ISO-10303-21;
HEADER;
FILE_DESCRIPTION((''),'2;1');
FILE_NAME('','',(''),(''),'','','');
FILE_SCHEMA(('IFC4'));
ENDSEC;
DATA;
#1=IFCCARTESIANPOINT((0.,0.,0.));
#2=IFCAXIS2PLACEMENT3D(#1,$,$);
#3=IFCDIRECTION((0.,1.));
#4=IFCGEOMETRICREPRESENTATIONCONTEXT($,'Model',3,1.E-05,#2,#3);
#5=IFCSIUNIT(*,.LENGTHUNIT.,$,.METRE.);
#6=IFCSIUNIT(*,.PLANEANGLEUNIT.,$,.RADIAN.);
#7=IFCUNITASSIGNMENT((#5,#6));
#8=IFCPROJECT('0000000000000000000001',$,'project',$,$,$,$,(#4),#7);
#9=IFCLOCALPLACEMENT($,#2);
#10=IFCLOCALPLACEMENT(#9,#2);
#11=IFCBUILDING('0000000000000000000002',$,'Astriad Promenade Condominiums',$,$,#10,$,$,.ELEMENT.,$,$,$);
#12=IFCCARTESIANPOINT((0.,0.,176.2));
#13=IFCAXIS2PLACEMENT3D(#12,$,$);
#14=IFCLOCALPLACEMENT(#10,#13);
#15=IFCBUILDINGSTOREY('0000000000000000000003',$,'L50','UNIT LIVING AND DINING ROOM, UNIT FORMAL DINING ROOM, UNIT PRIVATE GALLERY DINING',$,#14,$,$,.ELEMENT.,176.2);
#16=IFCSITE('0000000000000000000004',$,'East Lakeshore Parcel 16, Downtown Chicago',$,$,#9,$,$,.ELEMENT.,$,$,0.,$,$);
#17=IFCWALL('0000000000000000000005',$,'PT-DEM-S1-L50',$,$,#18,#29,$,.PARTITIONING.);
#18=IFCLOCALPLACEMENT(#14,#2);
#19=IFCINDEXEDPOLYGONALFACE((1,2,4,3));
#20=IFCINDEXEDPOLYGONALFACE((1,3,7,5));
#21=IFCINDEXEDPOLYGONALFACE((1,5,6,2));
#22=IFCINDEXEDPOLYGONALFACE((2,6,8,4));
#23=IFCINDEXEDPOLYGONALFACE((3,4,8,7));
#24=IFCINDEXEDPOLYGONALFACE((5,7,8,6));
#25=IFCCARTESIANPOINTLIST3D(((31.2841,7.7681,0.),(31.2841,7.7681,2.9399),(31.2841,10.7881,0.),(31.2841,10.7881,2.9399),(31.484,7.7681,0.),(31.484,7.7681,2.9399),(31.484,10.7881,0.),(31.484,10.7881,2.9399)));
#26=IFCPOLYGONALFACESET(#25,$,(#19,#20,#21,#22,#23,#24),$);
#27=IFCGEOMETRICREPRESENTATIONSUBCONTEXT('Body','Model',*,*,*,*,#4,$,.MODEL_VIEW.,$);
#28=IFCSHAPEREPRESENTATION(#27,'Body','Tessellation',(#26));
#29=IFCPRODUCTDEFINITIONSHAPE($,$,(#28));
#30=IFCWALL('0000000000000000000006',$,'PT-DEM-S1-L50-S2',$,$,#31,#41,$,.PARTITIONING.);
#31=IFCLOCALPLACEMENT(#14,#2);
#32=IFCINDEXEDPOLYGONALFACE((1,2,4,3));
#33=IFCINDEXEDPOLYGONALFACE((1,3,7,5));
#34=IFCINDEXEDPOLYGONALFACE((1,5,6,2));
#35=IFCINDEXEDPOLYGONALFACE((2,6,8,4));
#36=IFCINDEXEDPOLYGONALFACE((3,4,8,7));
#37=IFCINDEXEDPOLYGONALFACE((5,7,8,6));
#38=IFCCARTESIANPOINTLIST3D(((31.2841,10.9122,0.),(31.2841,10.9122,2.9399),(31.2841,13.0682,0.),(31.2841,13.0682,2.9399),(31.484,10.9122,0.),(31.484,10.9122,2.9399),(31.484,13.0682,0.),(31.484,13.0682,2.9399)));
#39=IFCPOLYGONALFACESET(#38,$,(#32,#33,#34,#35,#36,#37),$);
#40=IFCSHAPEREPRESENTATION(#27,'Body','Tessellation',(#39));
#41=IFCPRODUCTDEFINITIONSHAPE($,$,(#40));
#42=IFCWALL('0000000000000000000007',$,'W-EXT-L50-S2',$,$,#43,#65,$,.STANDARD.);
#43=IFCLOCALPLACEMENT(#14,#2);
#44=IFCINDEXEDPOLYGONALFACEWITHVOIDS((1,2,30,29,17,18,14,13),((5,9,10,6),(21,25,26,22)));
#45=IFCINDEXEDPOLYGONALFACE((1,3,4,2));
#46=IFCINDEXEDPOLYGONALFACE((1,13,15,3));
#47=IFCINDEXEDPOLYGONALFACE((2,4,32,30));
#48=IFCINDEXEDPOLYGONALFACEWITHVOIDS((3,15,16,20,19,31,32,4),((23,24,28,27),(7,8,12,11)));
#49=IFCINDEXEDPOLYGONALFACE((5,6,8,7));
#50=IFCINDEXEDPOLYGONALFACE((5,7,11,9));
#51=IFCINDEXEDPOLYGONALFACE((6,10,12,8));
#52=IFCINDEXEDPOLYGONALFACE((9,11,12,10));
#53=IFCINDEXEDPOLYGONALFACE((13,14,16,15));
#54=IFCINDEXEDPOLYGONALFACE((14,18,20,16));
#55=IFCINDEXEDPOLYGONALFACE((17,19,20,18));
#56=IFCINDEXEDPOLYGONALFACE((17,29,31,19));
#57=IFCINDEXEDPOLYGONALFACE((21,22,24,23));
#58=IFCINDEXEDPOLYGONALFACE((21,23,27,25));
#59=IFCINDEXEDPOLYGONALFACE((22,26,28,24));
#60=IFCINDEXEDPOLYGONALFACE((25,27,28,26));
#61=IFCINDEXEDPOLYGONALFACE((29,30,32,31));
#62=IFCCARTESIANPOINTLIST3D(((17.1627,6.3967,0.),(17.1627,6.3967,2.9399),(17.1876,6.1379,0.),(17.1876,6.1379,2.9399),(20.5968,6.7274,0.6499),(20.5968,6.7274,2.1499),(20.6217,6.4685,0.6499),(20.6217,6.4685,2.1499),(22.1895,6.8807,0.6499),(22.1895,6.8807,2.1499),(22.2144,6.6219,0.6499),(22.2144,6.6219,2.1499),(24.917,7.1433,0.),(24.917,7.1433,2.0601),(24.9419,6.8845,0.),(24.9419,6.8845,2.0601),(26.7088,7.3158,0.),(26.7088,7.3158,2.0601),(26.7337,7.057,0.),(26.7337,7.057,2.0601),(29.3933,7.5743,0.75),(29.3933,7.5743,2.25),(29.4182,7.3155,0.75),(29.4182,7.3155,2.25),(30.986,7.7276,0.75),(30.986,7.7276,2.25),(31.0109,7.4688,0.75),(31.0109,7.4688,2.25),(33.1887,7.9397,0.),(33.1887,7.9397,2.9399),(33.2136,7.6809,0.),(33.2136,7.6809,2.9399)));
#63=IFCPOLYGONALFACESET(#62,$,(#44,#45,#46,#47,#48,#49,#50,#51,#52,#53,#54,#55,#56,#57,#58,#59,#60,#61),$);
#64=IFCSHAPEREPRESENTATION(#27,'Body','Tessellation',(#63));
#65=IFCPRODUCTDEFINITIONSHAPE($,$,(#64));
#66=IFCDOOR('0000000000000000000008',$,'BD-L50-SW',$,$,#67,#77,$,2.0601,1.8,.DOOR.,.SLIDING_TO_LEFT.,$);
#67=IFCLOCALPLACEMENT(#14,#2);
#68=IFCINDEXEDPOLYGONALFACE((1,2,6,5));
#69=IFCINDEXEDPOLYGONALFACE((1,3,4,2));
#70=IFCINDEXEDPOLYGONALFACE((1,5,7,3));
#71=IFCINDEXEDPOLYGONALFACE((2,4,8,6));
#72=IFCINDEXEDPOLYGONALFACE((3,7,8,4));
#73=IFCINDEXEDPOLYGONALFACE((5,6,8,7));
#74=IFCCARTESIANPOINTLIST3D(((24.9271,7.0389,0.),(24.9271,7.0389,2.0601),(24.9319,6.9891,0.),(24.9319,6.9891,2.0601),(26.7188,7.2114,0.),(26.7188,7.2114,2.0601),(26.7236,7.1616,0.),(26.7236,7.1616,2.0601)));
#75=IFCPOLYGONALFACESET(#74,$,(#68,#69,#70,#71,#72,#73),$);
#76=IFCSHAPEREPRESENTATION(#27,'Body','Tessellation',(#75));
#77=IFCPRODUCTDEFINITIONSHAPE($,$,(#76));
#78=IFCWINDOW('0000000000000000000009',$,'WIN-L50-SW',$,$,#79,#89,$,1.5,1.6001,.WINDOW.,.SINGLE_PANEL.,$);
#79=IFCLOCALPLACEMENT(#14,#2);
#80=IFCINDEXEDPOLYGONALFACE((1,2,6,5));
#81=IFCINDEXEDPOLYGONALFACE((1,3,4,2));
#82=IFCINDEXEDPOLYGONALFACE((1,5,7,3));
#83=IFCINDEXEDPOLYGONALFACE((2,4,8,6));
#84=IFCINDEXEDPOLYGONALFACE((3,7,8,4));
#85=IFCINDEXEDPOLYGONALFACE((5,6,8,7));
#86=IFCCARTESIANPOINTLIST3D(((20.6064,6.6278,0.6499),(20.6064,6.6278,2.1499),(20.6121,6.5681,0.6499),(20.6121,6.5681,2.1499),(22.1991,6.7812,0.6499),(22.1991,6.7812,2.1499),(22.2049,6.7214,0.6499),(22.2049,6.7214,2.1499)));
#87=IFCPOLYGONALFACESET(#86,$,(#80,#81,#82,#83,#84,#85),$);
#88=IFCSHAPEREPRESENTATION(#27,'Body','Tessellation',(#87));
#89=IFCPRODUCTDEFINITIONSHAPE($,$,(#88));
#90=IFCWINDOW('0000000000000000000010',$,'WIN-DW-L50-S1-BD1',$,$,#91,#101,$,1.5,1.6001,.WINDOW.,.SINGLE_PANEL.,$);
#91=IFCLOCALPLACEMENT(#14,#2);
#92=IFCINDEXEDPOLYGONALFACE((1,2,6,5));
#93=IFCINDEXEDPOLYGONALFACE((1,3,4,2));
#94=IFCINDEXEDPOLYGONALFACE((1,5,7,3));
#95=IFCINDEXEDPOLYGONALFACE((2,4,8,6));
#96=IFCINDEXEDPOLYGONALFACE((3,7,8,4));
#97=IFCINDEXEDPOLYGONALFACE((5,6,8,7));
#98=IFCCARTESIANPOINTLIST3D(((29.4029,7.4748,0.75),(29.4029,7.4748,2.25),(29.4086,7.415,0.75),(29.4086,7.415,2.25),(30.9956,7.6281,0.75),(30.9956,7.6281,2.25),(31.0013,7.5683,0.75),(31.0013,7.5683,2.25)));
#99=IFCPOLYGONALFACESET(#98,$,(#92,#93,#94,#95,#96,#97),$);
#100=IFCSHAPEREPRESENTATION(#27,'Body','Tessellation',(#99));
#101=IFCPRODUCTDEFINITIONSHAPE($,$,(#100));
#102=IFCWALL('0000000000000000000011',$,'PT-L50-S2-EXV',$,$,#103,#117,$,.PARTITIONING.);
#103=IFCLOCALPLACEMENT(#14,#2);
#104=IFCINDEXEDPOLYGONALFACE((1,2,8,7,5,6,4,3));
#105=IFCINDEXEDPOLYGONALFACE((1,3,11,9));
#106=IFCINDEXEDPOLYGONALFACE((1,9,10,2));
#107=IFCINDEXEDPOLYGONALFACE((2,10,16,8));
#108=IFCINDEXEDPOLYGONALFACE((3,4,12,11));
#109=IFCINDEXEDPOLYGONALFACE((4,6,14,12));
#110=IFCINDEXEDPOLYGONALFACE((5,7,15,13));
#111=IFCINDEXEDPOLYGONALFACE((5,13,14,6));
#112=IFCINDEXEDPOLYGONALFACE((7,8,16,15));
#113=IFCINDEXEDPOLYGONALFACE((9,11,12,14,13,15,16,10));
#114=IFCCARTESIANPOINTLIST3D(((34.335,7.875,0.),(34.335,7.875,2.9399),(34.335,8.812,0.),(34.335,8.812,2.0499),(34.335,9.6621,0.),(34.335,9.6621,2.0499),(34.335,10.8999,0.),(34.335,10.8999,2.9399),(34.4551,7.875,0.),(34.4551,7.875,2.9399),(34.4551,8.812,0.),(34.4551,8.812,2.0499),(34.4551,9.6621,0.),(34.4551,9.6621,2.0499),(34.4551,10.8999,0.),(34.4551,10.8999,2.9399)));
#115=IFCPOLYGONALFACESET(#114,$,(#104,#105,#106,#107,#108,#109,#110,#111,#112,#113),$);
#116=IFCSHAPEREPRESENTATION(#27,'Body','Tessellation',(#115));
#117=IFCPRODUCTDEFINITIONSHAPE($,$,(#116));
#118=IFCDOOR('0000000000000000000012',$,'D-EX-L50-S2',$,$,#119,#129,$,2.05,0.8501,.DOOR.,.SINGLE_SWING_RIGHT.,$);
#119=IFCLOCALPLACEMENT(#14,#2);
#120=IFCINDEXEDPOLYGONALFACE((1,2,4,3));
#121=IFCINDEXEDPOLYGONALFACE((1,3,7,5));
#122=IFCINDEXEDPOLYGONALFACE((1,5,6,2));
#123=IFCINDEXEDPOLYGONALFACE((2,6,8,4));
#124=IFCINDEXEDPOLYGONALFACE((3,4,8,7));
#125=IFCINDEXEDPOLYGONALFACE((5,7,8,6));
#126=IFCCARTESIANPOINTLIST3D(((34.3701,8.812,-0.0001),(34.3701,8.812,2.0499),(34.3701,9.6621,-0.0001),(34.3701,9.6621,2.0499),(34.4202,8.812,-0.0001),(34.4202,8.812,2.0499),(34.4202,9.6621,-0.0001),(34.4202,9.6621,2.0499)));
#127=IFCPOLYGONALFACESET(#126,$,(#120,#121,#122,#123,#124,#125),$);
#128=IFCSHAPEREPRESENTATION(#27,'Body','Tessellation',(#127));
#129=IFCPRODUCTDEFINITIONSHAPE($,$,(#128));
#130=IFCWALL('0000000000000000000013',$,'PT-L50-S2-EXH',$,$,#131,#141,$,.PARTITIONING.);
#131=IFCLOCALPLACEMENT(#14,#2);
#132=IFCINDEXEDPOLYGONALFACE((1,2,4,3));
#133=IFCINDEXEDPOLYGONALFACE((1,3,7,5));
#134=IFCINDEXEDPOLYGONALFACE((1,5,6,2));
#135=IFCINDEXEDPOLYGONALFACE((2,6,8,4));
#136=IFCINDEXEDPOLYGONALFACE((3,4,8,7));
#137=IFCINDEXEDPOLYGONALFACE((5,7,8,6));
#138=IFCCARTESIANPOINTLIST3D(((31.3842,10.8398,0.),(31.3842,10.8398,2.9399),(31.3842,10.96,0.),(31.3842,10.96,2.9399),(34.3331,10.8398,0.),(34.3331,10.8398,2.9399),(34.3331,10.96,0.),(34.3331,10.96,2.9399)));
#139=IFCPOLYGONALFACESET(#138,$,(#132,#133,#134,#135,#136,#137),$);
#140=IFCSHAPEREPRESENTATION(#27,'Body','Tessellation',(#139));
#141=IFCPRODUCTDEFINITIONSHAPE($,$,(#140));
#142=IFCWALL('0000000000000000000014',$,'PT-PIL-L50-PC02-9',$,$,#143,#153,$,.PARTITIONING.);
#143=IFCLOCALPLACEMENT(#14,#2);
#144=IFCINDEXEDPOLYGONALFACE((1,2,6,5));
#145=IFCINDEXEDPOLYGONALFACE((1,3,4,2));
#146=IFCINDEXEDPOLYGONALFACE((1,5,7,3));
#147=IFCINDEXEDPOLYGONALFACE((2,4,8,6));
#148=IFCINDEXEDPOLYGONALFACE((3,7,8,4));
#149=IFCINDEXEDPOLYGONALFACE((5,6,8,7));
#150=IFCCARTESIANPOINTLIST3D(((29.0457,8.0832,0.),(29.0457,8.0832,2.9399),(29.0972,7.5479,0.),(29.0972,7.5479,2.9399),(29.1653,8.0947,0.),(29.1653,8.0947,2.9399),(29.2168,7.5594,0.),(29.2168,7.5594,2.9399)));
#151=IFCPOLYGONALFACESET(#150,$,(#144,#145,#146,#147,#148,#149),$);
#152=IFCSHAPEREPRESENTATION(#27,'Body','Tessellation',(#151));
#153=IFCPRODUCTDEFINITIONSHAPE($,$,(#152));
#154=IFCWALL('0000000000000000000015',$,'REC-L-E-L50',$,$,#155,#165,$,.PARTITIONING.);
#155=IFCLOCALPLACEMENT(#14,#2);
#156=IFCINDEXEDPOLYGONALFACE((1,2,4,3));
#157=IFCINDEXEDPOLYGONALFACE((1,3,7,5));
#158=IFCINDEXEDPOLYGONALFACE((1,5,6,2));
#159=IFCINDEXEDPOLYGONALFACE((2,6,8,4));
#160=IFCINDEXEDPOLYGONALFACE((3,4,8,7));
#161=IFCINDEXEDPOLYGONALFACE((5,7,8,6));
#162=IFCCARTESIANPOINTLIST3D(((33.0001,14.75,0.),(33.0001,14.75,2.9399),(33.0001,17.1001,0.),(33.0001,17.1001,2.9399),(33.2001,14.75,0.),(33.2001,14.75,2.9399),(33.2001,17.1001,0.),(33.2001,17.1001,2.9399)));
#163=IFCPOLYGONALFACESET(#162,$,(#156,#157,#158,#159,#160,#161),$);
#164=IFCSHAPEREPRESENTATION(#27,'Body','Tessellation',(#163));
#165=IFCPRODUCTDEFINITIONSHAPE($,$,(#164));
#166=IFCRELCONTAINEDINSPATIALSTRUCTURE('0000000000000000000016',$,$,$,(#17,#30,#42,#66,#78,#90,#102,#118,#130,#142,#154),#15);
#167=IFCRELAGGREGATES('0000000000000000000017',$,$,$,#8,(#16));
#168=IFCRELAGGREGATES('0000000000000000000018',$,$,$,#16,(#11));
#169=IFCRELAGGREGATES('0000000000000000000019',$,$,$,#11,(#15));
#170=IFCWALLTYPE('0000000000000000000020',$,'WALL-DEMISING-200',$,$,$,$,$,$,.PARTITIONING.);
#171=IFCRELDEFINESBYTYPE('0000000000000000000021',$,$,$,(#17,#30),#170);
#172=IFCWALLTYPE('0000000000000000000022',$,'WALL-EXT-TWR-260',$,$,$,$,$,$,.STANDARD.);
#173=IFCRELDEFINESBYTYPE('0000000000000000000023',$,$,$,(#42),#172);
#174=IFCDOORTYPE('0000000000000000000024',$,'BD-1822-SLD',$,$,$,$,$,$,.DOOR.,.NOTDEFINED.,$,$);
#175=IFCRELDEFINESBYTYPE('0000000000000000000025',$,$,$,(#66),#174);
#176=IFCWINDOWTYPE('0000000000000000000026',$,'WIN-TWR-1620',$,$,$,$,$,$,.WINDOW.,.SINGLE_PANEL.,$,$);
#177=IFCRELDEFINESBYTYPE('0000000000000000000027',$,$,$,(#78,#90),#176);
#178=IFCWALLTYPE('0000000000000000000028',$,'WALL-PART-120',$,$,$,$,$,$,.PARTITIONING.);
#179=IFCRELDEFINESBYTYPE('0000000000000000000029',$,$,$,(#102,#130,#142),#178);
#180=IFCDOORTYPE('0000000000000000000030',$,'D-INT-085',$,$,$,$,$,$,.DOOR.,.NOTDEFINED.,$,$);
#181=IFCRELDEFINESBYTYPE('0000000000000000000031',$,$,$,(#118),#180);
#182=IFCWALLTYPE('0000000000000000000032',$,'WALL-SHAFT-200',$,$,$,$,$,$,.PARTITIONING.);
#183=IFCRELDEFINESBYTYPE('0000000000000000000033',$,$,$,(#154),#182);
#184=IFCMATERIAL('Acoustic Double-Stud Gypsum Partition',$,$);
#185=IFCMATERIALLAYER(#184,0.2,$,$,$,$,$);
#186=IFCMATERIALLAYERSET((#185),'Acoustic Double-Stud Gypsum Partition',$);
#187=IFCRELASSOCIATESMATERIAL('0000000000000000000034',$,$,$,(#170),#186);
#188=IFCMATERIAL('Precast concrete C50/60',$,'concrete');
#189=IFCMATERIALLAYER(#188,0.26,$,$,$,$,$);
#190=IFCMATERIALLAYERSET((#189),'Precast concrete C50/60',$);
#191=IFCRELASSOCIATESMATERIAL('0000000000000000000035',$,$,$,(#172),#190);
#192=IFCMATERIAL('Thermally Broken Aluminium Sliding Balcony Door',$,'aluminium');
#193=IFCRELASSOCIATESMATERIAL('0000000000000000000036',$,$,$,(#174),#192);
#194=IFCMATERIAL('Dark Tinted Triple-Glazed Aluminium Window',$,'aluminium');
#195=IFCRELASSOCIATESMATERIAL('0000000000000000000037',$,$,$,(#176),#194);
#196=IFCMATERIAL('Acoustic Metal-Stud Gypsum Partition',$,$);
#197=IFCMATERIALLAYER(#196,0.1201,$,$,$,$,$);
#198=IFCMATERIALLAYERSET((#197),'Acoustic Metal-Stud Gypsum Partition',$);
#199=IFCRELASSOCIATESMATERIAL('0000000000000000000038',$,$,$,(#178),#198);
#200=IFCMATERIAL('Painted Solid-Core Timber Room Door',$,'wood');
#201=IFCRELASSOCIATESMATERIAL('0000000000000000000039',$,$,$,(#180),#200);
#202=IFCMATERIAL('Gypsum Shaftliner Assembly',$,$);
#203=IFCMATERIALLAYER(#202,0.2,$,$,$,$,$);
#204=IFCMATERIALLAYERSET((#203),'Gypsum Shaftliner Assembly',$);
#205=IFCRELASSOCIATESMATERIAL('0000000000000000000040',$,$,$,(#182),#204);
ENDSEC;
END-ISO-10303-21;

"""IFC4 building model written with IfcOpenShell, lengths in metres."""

from ifc_helpers import new_model, si_unit, direction, frame, frame_2d, origin, place, context, subcontext, project, spatial, rectangle, extrude, source, transform, mapped, material, layer, layer_set, type_object, type_shapes, element, fill, save


model = new_model("IFC4")

# Units and contexts
model_context = context("Model", 3, precision=1e-05, world=origin(), true_north=direction((0.0, 1.0)))
body_context = subcontext(model_context, "Body", "Model", "MODEL_VIEW")
ifc_project = project(units=[si_unit("LENGTHUNIT", "METRE"), si_unit("PLANEANGLEUNIT", "RADIAN")], contexts=[model_context])

# Site, building, storey
site_placement = place(None, origin())
site = spatial("IfcSite", under=ifc_project, at=site_placement, Name="East Lakeshore Parcel 16, Downtown Chicago", CompositionType="ELEMENT", RefElevation=0.0)
building_placement = place(site_placement, origin())
building = spatial("IfcBuilding", under=site, at=building_placement, Name="Astriad Promenade Condominiums", CompositionType="ELEMENT")
storey_placement = place(building_placement, frame((0.0, 0.0, 176.2)))
storey = spatial("IfcBuildingStorey", under=building, at=storey_placement, Name="L50", Description="UNIT LIVING AND DINING ROOM, UNIT FORMAL DINING ROOM, UNIT PRIVATE GALLERY DINING", CompositionType="ELEMENT", Elevation=176.2)

# Walls
ifc_material_1 = material(Name="Acoustic Double-Stud Gypsum Partition")
ifc_layer_1 = layer(ifc_material_1, 0.2)
ifc_layer_set_1 = layer_set([ifc_layer_1], Name="Acoustic Double-Stud Gypsum Partition")
wall_type_1 = type_object("IfcWallType", Name="WALL-DEMISING-200", PredefinedType="PARTITIONING", material=ifc_layer_set_1)
wall_1_placement = place(storey_placement, frame((31.384, 7.7681, 0.0), z_axis=(0.0, 0.0, 1.0), x_axis=(0.0, 1.0, 0.0)))
element("IfcWall", 1, at=wall_1_placement, inside=storey, type_object=wall_type_1, Name="PT-DEM-S1-L50", PredefinedType="PARTITIONING", context=body_context, shape_type="SweptSolid", body=[
    extrude(rectangle(XDim=3.02, YDim=0.2, at=frame_2d((1.51, 0.0))), origin(), (0.0, 0.0, 1.0), 2.9399),
])
wall_2_placement = place(storey_placement, frame((31.384, 10.9121, 0.0), z_axis=(0.0, 0.0, 1.0), x_axis=(0.0, 1.0, 0.0)))
element("IfcWall", 2, at=wall_2_placement, inside=storey, type_object=wall_type_1, Name="PT-DEM-S1-L50-S2", PredefinedType="PARTITIONING", context=body_context, shape_type="SweptSolid", body=[
    extrude(rectangle(XDim=2.156, YDim=0.2, at=frame_2d((1.0781, 0.0))), origin(), (0.0, 0.0, 1.0), 2.9399),
])

# Wall, openings, door, windows
ifc_material_2 = material(Name="Precast concrete C50/60", Category="concrete")
ifc_layer_2 = layer(ifc_material_2, 0.26)
ifc_layer_set_2 = layer_set([ifc_layer_2], Name="Precast concrete C50/60")
wall_type_2 = type_object("IfcWallType", Name="WALL-EXT-TWR-260", PredefinedType="STANDARD", material=ifc_layer_set_2)
wall_3_placement = place(storey_placement, frame((33.2012, 7.8103, 0.0), z_axis=(0.0, 0.0, 1.0), x_axis=(-0.995397, -0.095837, 0.0)))
wall_3 = element("IfcWall", 3, at=wall_3_placement, inside=storey, type_object=wall_type_2, Name="W-EXT-L50-S2", PredefinedType="STANDARD", context=body_context, shape_type="SweptSolid", body=[
    extrude(rectangle(XDim=16.1001, YDim=0.26, at=frame_2d((8.05, 0.0))), origin(), (0.0, 0.0, 1.0), 2.9399),
])
opening_1_placement = place(wall_3_placement, frame((6.51, 0.0, 0.0)))
opening_1 = element("IfcOpeningElement", 4, at=opening_1_placement, cuts=wall_3, PredefinedType="OPENING", context=body_context, shape_type="SweptSolid", body=[
    extrude(rectangle(XDim=1.8, YDim=2.0601, at=frame_2d((0.8999, 1.03))), frame((0.0, 0.1399, 0.0), z_axis=(0.0, -1.0, 0.0), x_axis=(1.0, 0.0, 0.0)), (0.0, 0.0, 1.0), 0.28),
])
opening_2_placement = place(wall_3_placement, frame((11.05, 0.0, 0.6499)))
opening_2 = element("IfcOpeningElement", 5, at=opening_2_placement, cuts=wall_3, PredefinedType="OPENING", context=body_context, shape_type="SweptSolid", body=[
    extrude(rectangle(XDim=1.6001, YDim=1.5, at=frame_2d((0.8, 0.75))), frame((0.0, 0.1399, 0.0), z_axis=(0.0, -1.0, 0.0), x_axis=(1.0, 0.0, 0.0)), (0.0, 0.0, 1.0), 0.28),
])
opening_3_placement = place(wall_3_placement, frame((2.2129, 0.0, 0.75)))
opening_3 = element("IfcOpeningElement", 6, at=opening_3_placement, cuts=wall_3, PredefinedType="OPENING", context=body_context, shape_type="SweptSolid", body=[
    extrude(rectangle(XDim=1.6001, YDim=1.5, at=frame_2d((0.8, 0.75))), frame((0.0, 0.1399, 0.0), z_axis=(0.0, -1.0, 0.0), x_axis=(1.0, 0.0, 0.0)), (0.0, 0.0, 1.0), 0.28),
])
ifc_material_3 = material(Name="Thermally Broken Aluminium Sliding Balcony Door", Category="aluminium")
door_type_1 = type_object("IfcDoorType", Name="BD-1822-SLD", OperationType="NOTDEFINED", PredefinedType="DOOR", material=ifc_material_3)
shared_shape_1 = source(origin(), body_context, "Body", "SweptSolid", [
    extrude(rectangle(XDim=1.8, YDim=2.0601, at=frame_2d((0.8999, 1.03))), frame((0.0, 0.0249, 0.0), z_axis=(0.0, -1.0, 0.0), x_axis=(1.0, 0.0, 0.0)), (0.0, 0.0, 1.0), 0.05),
])
type_shapes(door_type_1, [shared_shape_1])
door_1_placement = place(opening_1_placement, origin())
door_1 = element("IfcDoor", 7, at=door_1_placement, inside=storey, type_object=door_type_1, Name="BD-L50-SW", OperationType="SLIDING_TO_LEFT", OverallHeight=2.0601, OverallWidth=1.8, PredefinedType="DOOR", context=body_context, shape_type="MappedRepresentation", body=[
    mapped(shared_shape_1, transform((0.0, 0.0, 0.0), scale=1.0)),
])
fill(opening_1, door_1)
ifc_material_4 = material(Name="Dark Tinted Triple-Glazed Aluminium Window", Category="aluminium")
window_type = type_object("IfcWindowType", Name="WIN-TWR-1620", PartitioningType="SINGLE_PANEL", PredefinedType="WINDOW", material=ifc_material_4)
shared_shape_2 = source(origin(), body_context, "Body", "SweptSolid", [
    extrude(rectangle(XDim=1.6001, YDim=1.5, at=frame_2d((0.8, 0.75))), frame((0.0, 0.03, 0.0), z_axis=(0.0, -1.0, 0.0), x_axis=(1.0, 0.0, 0.0)), (0.0, 0.0, 1.0), 0.0601),
])
type_shapes(window_type, [shared_shape_2])
window_1_placement = place(opening_2_placement, origin())
window_1 = element("IfcWindow", 8, at=window_1_placement, inside=storey, type_object=window_type, Name="WIN-L50-SW", OverallHeight=1.5, OverallWidth=1.6001, PartitioningType="SINGLE_PANEL", PredefinedType="WINDOW", context=body_context, shape_type="MappedRepresentation", body=[
    mapped(shared_shape_2, transform((0.0, 0.0, 0.0), scale=1.0)),
])
fill(opening_2, window_1)
window_2_placement = place(opening_3_placement, origin())
window_2 = element("IfcWindow", 9, at=window_2_placement, inside=storey, type_object=window_type, Name="WIN-DW-L50-S1-BD1", OverallHeight=1.5, OverallWidth=1.6001, PartitioningType="SINGLE_PANEL", PredefinedType="WINDOW", context=body_context, shape_type="MappedRepresentation", body=[
    mapped(shared_shape_2, transform((0.0, 0.0, 0.0), scale=1.0)),
])
fill(opening_3, window_2)

# Wall, opening, door
ifc_material_5 = material(Name="Acoustic Metal-Stud Gypsum Partition")
ifc_layer_3 = layer(ifc_material_5, 0.1201)
ifc_layer_set_3 = layer_set([ifc_layer_3], Name="Acoustic Metal-Stud Gypsum Partition")
wall_type_3 = type_object("IfcWallType", Name="WALL-PART-120", PredefinedType="PARTITIONING", material=ifc_layer_set_3)
wall_4_placement = place(storey_placement, frame((34.395, 7.875, 0.0), z_axis=(0.0, 0.0, 1.0), x_axis=(0.0, 1.0, 0.0)))
wall_4 = element("IfcWall", 10, at=wall_4_placement, inside=storey, type_object=wall_type_3, Name="PT-L50-S2-EXV", PredefinedType="PARTITIONING", context=body_context, shape_type="SweptSolid", body=[
    extrude(rectangle(XDim=3.0249, YDim=0.1201, at=frame_2d((1.5125, 0.0))), origin(), (0.0, 0.0, 1.0), 2.9399),
])
opening_4_placement = place(wall_4_placement, frame((0.937, 0.0, 0.0)))
opening_4 = element("IfcOpeningElement", 11, at=opening_4_placement, cuts=wall_4, PredefinedType="OPENING", context=body_context, shape_type="SweptSolid", body=[
    extrude(rectangle(XDim=0.8501, YDim=2.05, at=frame_2d((0.425, 1.0249))), frame((0.0, 0.0701, 0.0), z_axis=(0.0, -1.0, 0.0), x_axis=(1.0, 0.0, 0.0)), (0.0, 0.0, 1.0), 0.1401),
])
ifc_material_6 = material(Name="Painted Solid-Core Timber Room Door", Category="wood")
door_type_2 = type_object("IfcDoorType", Name="D-INT-085", OperationType="NOTDEFINED", PredefinedType="DOOR", material=ifc_material_6)
shared_shape_3 = source(origin(), body_context, "Body", "SweptSolid", [
    extrude(rectangle(XDim=0.8501, YDim=2.05, at=frame_2d((0.425, 1.0249))), frame((0.0, 0.0249, 0.0), z_axis=(0.0, -1.0, 0.0), x_axis=(1.0, 0.0, 0.0)), (0.0, 0.0, 1.0), 0.05),
])
type_shapes(door_type_2, [shared_shape_3])
door_2_placement = place(opening_4_placement, origin())
door_2 = element("IfcDoor", 12, at=door_2_placement, inside=storey, type_object=door_type_2, Name="D-EX-L50-S2", OperationType="SINGLE_SWING_RIGHT", OverallHeight=2.05, OverallWidth=0.8501, PredefinedType="DOOR", context=body_context, shape_type="MappedRepresentation", body=[
    mapped(shared_shape_3, transform((0.0, 0.0, 0.0), scale=1.0)),
])
fill(opening_4, door_2)

# Walls
wall_5_placement = place(storey_placement, frame((31.384, 10.8999, 0.0), z_axis=(0.0, 0.0, 1.0), x_axis=(1.0, 0.0, 0.0)))
element("IfcWall", 13, at=wall_5_placement, inside=storey, type_object=wall_type_3, Name="PT-L50-S2-EXH", PredefinedType="PARTITIONING", context=body_context, shape_type="SweptSolid", body=[
    extrude(rectangle(XDim=2.949, YDim=0.1201, at=frame_2d((1.4746, 0.0))), origin(), (0.0, 0.0, 1.0), 2.9399),
])
wall_6_placement = place(storey_placement, frame((29.1055, 8.0891, 0.0), z_axis=(0.0, 0.0, 1.0), x_axis=(0.095773, -0.995403, 0.0)))
element("IfcWall", 14, at=wall_6_placement, inside=storey, type_object=wall_type_3, Name="PT-PIL-L50-PC02-9", PredefinedType="PARTITIONING", context=body_context, shape_type="SweptSolid", body=[
    extrude(rectangle(XDim=0.5378, YDim=0.1201, at=frame_2d((0.269, 0.0))), origin(), (0.0, 0.0, 1.0), 2.9399),
])
ifc_material_7 = material(Name="Gypsum Shaftliner Assembly")
ifc_layer_4 = layer(ifc_material_7, 0.2)
ifc_layer_set_4 = layer_set([ifc_layer_4], Name="Gypsum Shaftliner Assembly")
wall_type_4 = type_object("IfcWallType", Name="WALL-SHAFT-200", PredefinedType="PARTITIONING", material=ifc_layer_set_4)
for number, where, z_axis, x_axis, name in (
    (15, (33.1001, 14.75, 0.0), (0.0, 0.0, 1.0), (0.0, 1.0, 0.0), "REC-L-E-L50"),
):
    element("IfcWall", number, at=place(storey_placement, frame(where, z_axis=z_axis, x_axis=x_axis)), inside=storey, type_object=wall_type_4, Name=name, PredefinedType="PARTITIONING", context=body_context, shape_type="SweptSolid", body=[
        extrude(rectangle(XDim=2.3501, YDim=0.2, at=frame_2d((1.175, 0.0))), origin(), (0.0, 0.0, 1.0), 2.9399),
    ])

save(model, "model.ifc")
